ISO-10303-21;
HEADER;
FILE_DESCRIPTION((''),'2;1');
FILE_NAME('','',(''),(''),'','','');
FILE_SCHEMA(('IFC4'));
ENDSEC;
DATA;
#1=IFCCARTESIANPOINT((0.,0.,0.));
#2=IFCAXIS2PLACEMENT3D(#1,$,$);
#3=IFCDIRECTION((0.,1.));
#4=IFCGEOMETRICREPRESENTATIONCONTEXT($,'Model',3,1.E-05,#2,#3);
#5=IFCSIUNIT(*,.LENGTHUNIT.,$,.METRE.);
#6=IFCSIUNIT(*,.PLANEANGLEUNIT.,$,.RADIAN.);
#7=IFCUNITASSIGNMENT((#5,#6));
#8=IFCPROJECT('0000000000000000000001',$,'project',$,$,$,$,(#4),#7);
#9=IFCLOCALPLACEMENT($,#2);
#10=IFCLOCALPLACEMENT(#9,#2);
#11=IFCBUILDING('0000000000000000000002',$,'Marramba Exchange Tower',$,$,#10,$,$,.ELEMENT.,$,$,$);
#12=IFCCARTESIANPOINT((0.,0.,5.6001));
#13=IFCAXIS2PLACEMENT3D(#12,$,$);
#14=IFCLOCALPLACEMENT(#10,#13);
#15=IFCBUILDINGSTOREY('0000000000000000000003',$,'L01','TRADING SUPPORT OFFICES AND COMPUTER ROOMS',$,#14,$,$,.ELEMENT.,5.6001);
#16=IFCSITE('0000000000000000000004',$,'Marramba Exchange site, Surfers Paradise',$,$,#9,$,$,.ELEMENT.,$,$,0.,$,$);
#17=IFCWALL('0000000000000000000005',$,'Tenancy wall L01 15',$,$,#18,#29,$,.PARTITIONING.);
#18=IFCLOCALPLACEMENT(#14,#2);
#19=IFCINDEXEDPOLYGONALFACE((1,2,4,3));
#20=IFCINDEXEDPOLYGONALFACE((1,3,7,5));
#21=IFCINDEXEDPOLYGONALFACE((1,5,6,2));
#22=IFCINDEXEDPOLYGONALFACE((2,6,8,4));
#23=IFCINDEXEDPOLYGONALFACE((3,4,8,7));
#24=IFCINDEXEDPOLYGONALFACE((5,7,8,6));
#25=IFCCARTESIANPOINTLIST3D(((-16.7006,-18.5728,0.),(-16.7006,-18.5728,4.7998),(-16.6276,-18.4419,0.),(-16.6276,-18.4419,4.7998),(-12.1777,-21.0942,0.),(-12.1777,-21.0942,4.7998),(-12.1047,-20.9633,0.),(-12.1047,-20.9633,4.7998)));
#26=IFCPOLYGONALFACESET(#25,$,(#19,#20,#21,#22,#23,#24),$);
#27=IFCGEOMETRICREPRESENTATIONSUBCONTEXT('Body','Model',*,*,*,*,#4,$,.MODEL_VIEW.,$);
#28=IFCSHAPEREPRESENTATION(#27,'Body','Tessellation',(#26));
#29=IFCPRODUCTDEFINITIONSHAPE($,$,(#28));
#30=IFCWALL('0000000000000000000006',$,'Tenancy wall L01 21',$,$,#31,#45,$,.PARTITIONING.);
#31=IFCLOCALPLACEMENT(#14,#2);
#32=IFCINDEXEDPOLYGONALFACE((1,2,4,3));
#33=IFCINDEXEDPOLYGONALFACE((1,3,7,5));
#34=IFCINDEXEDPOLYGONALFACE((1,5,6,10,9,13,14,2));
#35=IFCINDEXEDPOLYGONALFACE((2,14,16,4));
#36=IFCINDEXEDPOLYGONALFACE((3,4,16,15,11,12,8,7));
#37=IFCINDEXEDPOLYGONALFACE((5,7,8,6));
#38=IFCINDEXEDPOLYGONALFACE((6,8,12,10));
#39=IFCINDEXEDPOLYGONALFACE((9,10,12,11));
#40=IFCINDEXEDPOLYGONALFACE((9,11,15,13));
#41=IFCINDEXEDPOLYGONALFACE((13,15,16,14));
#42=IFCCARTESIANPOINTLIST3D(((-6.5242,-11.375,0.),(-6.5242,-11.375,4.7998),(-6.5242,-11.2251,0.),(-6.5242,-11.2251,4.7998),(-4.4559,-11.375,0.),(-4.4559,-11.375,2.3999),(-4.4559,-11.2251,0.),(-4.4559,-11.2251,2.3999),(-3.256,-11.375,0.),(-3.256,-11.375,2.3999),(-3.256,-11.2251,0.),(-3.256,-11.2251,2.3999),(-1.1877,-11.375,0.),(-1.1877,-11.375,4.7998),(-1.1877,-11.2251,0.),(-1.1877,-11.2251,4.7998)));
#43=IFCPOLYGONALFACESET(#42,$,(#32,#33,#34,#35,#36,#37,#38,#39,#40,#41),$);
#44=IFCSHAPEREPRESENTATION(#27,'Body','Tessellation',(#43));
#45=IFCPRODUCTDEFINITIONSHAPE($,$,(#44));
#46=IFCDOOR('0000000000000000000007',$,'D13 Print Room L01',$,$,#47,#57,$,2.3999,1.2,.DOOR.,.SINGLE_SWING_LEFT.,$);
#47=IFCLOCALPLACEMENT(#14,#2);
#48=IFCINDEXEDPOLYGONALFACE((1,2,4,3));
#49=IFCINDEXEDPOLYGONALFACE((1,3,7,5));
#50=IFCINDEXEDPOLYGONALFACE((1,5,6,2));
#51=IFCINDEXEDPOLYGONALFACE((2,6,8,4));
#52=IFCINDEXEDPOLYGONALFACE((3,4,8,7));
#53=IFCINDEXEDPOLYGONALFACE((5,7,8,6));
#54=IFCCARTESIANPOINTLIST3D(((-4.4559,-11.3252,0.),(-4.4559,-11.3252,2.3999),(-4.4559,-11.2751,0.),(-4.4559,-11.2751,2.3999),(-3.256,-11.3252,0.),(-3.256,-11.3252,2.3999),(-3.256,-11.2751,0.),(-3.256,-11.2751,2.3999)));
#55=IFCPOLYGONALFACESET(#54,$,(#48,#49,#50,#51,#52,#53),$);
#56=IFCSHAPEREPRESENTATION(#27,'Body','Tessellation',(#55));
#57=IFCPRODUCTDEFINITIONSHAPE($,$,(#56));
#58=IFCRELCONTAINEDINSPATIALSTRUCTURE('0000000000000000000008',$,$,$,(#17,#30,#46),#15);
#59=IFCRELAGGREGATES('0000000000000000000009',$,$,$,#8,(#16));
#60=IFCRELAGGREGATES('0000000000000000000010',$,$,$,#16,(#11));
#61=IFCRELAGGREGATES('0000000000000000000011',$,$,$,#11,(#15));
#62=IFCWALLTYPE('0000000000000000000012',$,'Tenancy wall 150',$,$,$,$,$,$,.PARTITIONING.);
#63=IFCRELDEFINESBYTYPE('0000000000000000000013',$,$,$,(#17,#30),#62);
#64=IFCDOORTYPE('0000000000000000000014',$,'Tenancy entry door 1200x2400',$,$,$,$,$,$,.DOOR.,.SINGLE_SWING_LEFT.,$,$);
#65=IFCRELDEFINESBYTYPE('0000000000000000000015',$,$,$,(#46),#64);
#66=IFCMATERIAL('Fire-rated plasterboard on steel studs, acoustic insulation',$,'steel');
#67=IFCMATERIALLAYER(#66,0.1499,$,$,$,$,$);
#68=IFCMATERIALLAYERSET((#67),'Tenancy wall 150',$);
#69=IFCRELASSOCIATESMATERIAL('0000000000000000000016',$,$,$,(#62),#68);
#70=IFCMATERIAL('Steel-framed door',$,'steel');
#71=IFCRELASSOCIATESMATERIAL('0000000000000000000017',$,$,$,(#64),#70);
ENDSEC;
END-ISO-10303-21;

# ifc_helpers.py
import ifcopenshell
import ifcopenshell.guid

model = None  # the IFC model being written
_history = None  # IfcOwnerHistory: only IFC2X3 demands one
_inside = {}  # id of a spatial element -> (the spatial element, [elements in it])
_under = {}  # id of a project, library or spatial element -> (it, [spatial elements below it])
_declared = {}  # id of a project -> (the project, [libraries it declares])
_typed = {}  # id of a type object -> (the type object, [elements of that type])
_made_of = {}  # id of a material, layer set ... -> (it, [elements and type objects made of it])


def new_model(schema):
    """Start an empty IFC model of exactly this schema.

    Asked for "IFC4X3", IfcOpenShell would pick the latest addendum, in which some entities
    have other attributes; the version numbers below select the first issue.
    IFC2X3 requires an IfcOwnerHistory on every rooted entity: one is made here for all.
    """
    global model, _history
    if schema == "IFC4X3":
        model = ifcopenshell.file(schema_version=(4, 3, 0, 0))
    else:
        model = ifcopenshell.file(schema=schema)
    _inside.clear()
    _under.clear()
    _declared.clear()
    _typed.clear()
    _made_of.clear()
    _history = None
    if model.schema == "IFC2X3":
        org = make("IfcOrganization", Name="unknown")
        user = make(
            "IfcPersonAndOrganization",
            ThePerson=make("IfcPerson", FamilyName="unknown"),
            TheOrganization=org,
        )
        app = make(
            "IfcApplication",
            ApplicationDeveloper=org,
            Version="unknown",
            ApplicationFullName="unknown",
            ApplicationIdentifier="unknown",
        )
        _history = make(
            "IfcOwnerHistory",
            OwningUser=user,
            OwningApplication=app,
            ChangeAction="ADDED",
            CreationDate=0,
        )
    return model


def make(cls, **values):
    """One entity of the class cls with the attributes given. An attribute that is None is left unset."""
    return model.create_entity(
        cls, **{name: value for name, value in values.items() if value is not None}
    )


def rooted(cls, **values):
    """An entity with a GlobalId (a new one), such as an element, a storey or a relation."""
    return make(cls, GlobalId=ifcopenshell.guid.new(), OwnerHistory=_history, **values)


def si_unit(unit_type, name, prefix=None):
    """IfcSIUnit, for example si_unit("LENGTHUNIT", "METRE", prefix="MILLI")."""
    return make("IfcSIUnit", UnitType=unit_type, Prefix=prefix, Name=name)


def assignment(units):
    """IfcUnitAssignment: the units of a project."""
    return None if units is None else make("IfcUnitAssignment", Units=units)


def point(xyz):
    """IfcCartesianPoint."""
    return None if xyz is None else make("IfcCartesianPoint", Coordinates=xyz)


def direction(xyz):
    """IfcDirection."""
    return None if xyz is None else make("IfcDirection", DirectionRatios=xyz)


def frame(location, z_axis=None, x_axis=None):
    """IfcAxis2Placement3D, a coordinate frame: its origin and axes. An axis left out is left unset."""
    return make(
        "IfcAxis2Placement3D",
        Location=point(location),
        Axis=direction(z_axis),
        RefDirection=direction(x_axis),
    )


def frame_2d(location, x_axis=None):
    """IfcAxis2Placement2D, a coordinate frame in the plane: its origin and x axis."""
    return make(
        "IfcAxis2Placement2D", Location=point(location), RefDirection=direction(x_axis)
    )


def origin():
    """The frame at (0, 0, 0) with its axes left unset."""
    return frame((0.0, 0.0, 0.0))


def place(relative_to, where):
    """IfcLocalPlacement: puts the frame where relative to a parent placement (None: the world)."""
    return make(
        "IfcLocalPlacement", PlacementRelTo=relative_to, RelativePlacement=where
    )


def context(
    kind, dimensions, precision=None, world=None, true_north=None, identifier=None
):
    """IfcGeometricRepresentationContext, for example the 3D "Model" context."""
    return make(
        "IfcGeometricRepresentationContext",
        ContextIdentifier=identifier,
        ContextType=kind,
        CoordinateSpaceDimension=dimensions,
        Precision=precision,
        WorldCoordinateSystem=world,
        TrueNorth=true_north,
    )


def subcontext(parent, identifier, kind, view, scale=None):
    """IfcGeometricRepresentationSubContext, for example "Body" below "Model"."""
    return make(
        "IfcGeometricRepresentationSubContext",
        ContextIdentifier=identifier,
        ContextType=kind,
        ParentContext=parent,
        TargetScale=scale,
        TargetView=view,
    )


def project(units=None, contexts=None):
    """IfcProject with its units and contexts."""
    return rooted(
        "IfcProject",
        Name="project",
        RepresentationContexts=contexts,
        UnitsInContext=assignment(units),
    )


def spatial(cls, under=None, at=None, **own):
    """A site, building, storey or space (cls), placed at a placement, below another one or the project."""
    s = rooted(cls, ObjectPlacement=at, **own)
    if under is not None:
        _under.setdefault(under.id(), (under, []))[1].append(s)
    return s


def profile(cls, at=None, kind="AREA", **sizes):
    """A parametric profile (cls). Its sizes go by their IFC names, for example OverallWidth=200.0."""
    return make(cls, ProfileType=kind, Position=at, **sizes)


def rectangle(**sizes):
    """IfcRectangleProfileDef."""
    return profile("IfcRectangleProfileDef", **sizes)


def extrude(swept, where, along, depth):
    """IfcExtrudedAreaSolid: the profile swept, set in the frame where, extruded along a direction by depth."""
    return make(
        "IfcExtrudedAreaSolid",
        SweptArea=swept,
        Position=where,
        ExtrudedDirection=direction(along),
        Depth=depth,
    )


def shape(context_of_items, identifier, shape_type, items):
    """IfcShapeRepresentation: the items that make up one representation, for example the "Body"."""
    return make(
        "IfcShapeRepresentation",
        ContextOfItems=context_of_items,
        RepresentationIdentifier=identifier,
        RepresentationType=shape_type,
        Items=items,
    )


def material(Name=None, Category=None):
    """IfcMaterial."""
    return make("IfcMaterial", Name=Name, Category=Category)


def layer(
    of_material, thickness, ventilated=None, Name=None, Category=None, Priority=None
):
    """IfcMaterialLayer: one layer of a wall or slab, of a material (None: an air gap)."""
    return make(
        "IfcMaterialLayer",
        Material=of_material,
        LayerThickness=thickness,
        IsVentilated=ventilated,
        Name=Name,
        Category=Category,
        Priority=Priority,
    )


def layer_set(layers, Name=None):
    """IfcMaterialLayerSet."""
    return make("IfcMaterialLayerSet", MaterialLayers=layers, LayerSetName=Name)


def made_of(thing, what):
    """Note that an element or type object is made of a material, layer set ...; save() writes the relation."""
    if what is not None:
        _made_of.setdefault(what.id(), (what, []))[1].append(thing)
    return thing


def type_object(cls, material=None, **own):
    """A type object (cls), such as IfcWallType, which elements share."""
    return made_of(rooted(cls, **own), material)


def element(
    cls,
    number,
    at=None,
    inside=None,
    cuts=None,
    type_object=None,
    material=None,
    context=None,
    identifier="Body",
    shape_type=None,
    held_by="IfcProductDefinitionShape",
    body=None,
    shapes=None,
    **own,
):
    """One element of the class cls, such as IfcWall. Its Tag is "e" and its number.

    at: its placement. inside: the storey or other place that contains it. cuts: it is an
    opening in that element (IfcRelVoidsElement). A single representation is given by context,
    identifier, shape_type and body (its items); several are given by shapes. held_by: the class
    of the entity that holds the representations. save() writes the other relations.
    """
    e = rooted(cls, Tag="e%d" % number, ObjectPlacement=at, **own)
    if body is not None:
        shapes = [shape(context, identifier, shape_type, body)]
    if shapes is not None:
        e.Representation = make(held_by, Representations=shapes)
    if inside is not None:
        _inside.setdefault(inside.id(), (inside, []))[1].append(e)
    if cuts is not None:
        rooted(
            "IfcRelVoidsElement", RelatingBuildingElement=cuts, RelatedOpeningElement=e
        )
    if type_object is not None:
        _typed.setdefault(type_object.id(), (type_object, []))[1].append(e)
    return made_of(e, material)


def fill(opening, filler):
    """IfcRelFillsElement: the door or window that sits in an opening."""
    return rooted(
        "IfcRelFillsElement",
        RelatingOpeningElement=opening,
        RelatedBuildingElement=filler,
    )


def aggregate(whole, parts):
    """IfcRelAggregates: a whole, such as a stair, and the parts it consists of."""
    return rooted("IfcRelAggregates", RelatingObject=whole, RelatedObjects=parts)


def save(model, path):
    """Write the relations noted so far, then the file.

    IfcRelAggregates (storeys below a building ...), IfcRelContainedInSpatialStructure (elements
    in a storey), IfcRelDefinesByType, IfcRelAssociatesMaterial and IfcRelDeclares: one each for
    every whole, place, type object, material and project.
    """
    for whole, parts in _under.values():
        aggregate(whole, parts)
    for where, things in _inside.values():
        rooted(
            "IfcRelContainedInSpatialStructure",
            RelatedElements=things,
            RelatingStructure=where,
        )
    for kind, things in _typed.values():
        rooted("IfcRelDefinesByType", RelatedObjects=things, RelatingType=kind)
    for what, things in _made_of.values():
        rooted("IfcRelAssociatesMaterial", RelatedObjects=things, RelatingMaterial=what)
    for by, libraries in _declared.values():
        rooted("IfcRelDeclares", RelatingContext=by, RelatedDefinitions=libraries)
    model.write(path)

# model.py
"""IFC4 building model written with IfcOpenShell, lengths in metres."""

from ifc_helpers import new_model, si_unit, direction, frame, frame_2d, origin, place, context, subcontext, project, spatial, rectangle, extrude, material, layer, layer_set, type_object, element, fill, save


model = new_model("IFC4")

# Units and contexts
model_context = context("Model", 3, precision=1e-05, world=origin(), true_north=direction((0.0, 1.0)))
body_context = subcontext(model_context, "Body", "Model", "MODEL_VIEW")
ifc_project = project(units=[si_unit("LENGTHUNIT", "METRE"), si_unit("PLANEANGLEUNIT", "RADIAN")], contexts=[model_context])

# Site, building, storey
site_placement = place(None, origin())
site = spatial("IfcSite", under=ifc_project, at=site_placement, Name="Marramba Exchange site, Surfers Paradise", CompositionType="ELEMENT", RefElevation=0.0)
building_placement = place(site_placement, origin())
building = spatial("IfcBuilding", under=site, at=building_placement, Name="Marramba Exchange Tower", CompositionType="ELEMENT")
storey_placement = place(building_placement, frame((0.0, 0.0, 5.6001)))
storey = spatial("IfcBuildingStorey", under=building, at=storey_placement, Name="L01", Description="TRADING SUPPORT OFFICES AND COMPUTER ROOMS", CompositionType="ELEMENT", Elevation=5.6001)

# Shared definitions
ifc_material_1 = material(Name="Steel-framed door", Category="steel")

# Wall
ifc_material_2 = material(Name="Fire-rated plasterboard on steel studs, acoustic insulation", Category="steel")
ifc_layer_1 = layer(ifc_material_2, 0.1499)
ifc_layer_set_1 = layer_set([ifc_layer_1], Name="Tenancy wall 150")
wall_type_1 = type_object("IfcWallType", Name="Tenancy wall 150", PredefinedType="PARTITIONING", material=ifc_layer_set_1)
wall_1_placement = place(storey_placement, frame((-16.6641, -18.5073, 0.0), z_axis=(0.0, 0.0, 1.0), x_axis=(0.87344, -0.486931, 0.0)))
element("IfcWall", 1, at=wall_1_placement, inside=storey, type_object=wall_type_1, Name="Tenancy wall L01 15", PredefinedType="PARTITIONING", context=body_context, shape_type="SweptSolid", body=[
    extrude(rectangle(XDim=5.1782, YDim=0.1499, at=frame_2d((2.5891, 0.0))), origin(), (0.0, 0.0, 1.0), 4.7998),
])

# Wall, opening, door
wall_2_placement = place(storey_placement, frame((-6.5242, -11.3, 0.0), z_axis=(0.0, 0.0, 1.0), x_axis=(1.0, 0.0, 0.0)))
wall_2 = element("IfcWall", 2, at=wall_2_placement, inside=storey, type_object=wall_type_1, Name="Tenancy wall L01 21", PredefinedType="PARTITIONING", context=body_context, shape_type="SweptSolid", body=[
    extrude(rectangle(XDim=5.3364, YDim=0.1499, at=frame_2d((2.6682, 0.0))), origin(), (0.0, 0.0, 1.0), 4.7998),
])
opening_1_placement = place(wall_2_placement, frame((2.0681, 0.0, 0.0)))
opening_1 = element("IfcOpeningElement", 3, at=opening_1_placement, cuts=wall_2, PredefinedType="OPENING", context=body_context, shape_type="SweptSolid", body=[
    extrude(rectangle(XDim=1.2, YDim=2.3999, at=frame_2d((0.6001, 1.2))), frame((0.0, 0.085, 0.0), z_axis=(0.0, -1.0, 0.0), x_axis=(1.0, 0.0, 0.0)), (0.0, 0.0, 1.0), 0.1699),
])
door_type_1 = type_object("IfcDoorType", Name="Tenancy entry door 1200x2400", OperationType="SINGLE_SWING_LEFT", PredefinedType="DOOR", material=ifc_material_1)
door_1_placement = place(opening_1_placement, frame((1.2, 0.0, 0.0), z_axis=(0.0, 0.0, 1.0), x_axis=(-1.0, 0.0, 0.0)))
door_1 = element("IfcDoor", 4, at=door_1_placement, inside=storey, type_object=door_type_1, Name="D13 Print Room L01", OperationType="SINGLE_SWING_LEFT", OverallHeight=2.3999, OverallWidth=1.2, PredefinedType="DOOR", context=body_context, shape_type="SweptSolid", body=[
    extrude(rectangle(XDim=1.2, YDim=2.3999, at=frame_2d((0.5999, 1.2))), frame((0.0, 0.0251, 0.0), z_axis=(0.0, -1.0, 0.0), x_axis=(1.0, 0.0, 0.0)), (0.0, 0.0, 1.0), 0.05),
])
fill(opening_1, door_1)

save(model, "model.ifc")
